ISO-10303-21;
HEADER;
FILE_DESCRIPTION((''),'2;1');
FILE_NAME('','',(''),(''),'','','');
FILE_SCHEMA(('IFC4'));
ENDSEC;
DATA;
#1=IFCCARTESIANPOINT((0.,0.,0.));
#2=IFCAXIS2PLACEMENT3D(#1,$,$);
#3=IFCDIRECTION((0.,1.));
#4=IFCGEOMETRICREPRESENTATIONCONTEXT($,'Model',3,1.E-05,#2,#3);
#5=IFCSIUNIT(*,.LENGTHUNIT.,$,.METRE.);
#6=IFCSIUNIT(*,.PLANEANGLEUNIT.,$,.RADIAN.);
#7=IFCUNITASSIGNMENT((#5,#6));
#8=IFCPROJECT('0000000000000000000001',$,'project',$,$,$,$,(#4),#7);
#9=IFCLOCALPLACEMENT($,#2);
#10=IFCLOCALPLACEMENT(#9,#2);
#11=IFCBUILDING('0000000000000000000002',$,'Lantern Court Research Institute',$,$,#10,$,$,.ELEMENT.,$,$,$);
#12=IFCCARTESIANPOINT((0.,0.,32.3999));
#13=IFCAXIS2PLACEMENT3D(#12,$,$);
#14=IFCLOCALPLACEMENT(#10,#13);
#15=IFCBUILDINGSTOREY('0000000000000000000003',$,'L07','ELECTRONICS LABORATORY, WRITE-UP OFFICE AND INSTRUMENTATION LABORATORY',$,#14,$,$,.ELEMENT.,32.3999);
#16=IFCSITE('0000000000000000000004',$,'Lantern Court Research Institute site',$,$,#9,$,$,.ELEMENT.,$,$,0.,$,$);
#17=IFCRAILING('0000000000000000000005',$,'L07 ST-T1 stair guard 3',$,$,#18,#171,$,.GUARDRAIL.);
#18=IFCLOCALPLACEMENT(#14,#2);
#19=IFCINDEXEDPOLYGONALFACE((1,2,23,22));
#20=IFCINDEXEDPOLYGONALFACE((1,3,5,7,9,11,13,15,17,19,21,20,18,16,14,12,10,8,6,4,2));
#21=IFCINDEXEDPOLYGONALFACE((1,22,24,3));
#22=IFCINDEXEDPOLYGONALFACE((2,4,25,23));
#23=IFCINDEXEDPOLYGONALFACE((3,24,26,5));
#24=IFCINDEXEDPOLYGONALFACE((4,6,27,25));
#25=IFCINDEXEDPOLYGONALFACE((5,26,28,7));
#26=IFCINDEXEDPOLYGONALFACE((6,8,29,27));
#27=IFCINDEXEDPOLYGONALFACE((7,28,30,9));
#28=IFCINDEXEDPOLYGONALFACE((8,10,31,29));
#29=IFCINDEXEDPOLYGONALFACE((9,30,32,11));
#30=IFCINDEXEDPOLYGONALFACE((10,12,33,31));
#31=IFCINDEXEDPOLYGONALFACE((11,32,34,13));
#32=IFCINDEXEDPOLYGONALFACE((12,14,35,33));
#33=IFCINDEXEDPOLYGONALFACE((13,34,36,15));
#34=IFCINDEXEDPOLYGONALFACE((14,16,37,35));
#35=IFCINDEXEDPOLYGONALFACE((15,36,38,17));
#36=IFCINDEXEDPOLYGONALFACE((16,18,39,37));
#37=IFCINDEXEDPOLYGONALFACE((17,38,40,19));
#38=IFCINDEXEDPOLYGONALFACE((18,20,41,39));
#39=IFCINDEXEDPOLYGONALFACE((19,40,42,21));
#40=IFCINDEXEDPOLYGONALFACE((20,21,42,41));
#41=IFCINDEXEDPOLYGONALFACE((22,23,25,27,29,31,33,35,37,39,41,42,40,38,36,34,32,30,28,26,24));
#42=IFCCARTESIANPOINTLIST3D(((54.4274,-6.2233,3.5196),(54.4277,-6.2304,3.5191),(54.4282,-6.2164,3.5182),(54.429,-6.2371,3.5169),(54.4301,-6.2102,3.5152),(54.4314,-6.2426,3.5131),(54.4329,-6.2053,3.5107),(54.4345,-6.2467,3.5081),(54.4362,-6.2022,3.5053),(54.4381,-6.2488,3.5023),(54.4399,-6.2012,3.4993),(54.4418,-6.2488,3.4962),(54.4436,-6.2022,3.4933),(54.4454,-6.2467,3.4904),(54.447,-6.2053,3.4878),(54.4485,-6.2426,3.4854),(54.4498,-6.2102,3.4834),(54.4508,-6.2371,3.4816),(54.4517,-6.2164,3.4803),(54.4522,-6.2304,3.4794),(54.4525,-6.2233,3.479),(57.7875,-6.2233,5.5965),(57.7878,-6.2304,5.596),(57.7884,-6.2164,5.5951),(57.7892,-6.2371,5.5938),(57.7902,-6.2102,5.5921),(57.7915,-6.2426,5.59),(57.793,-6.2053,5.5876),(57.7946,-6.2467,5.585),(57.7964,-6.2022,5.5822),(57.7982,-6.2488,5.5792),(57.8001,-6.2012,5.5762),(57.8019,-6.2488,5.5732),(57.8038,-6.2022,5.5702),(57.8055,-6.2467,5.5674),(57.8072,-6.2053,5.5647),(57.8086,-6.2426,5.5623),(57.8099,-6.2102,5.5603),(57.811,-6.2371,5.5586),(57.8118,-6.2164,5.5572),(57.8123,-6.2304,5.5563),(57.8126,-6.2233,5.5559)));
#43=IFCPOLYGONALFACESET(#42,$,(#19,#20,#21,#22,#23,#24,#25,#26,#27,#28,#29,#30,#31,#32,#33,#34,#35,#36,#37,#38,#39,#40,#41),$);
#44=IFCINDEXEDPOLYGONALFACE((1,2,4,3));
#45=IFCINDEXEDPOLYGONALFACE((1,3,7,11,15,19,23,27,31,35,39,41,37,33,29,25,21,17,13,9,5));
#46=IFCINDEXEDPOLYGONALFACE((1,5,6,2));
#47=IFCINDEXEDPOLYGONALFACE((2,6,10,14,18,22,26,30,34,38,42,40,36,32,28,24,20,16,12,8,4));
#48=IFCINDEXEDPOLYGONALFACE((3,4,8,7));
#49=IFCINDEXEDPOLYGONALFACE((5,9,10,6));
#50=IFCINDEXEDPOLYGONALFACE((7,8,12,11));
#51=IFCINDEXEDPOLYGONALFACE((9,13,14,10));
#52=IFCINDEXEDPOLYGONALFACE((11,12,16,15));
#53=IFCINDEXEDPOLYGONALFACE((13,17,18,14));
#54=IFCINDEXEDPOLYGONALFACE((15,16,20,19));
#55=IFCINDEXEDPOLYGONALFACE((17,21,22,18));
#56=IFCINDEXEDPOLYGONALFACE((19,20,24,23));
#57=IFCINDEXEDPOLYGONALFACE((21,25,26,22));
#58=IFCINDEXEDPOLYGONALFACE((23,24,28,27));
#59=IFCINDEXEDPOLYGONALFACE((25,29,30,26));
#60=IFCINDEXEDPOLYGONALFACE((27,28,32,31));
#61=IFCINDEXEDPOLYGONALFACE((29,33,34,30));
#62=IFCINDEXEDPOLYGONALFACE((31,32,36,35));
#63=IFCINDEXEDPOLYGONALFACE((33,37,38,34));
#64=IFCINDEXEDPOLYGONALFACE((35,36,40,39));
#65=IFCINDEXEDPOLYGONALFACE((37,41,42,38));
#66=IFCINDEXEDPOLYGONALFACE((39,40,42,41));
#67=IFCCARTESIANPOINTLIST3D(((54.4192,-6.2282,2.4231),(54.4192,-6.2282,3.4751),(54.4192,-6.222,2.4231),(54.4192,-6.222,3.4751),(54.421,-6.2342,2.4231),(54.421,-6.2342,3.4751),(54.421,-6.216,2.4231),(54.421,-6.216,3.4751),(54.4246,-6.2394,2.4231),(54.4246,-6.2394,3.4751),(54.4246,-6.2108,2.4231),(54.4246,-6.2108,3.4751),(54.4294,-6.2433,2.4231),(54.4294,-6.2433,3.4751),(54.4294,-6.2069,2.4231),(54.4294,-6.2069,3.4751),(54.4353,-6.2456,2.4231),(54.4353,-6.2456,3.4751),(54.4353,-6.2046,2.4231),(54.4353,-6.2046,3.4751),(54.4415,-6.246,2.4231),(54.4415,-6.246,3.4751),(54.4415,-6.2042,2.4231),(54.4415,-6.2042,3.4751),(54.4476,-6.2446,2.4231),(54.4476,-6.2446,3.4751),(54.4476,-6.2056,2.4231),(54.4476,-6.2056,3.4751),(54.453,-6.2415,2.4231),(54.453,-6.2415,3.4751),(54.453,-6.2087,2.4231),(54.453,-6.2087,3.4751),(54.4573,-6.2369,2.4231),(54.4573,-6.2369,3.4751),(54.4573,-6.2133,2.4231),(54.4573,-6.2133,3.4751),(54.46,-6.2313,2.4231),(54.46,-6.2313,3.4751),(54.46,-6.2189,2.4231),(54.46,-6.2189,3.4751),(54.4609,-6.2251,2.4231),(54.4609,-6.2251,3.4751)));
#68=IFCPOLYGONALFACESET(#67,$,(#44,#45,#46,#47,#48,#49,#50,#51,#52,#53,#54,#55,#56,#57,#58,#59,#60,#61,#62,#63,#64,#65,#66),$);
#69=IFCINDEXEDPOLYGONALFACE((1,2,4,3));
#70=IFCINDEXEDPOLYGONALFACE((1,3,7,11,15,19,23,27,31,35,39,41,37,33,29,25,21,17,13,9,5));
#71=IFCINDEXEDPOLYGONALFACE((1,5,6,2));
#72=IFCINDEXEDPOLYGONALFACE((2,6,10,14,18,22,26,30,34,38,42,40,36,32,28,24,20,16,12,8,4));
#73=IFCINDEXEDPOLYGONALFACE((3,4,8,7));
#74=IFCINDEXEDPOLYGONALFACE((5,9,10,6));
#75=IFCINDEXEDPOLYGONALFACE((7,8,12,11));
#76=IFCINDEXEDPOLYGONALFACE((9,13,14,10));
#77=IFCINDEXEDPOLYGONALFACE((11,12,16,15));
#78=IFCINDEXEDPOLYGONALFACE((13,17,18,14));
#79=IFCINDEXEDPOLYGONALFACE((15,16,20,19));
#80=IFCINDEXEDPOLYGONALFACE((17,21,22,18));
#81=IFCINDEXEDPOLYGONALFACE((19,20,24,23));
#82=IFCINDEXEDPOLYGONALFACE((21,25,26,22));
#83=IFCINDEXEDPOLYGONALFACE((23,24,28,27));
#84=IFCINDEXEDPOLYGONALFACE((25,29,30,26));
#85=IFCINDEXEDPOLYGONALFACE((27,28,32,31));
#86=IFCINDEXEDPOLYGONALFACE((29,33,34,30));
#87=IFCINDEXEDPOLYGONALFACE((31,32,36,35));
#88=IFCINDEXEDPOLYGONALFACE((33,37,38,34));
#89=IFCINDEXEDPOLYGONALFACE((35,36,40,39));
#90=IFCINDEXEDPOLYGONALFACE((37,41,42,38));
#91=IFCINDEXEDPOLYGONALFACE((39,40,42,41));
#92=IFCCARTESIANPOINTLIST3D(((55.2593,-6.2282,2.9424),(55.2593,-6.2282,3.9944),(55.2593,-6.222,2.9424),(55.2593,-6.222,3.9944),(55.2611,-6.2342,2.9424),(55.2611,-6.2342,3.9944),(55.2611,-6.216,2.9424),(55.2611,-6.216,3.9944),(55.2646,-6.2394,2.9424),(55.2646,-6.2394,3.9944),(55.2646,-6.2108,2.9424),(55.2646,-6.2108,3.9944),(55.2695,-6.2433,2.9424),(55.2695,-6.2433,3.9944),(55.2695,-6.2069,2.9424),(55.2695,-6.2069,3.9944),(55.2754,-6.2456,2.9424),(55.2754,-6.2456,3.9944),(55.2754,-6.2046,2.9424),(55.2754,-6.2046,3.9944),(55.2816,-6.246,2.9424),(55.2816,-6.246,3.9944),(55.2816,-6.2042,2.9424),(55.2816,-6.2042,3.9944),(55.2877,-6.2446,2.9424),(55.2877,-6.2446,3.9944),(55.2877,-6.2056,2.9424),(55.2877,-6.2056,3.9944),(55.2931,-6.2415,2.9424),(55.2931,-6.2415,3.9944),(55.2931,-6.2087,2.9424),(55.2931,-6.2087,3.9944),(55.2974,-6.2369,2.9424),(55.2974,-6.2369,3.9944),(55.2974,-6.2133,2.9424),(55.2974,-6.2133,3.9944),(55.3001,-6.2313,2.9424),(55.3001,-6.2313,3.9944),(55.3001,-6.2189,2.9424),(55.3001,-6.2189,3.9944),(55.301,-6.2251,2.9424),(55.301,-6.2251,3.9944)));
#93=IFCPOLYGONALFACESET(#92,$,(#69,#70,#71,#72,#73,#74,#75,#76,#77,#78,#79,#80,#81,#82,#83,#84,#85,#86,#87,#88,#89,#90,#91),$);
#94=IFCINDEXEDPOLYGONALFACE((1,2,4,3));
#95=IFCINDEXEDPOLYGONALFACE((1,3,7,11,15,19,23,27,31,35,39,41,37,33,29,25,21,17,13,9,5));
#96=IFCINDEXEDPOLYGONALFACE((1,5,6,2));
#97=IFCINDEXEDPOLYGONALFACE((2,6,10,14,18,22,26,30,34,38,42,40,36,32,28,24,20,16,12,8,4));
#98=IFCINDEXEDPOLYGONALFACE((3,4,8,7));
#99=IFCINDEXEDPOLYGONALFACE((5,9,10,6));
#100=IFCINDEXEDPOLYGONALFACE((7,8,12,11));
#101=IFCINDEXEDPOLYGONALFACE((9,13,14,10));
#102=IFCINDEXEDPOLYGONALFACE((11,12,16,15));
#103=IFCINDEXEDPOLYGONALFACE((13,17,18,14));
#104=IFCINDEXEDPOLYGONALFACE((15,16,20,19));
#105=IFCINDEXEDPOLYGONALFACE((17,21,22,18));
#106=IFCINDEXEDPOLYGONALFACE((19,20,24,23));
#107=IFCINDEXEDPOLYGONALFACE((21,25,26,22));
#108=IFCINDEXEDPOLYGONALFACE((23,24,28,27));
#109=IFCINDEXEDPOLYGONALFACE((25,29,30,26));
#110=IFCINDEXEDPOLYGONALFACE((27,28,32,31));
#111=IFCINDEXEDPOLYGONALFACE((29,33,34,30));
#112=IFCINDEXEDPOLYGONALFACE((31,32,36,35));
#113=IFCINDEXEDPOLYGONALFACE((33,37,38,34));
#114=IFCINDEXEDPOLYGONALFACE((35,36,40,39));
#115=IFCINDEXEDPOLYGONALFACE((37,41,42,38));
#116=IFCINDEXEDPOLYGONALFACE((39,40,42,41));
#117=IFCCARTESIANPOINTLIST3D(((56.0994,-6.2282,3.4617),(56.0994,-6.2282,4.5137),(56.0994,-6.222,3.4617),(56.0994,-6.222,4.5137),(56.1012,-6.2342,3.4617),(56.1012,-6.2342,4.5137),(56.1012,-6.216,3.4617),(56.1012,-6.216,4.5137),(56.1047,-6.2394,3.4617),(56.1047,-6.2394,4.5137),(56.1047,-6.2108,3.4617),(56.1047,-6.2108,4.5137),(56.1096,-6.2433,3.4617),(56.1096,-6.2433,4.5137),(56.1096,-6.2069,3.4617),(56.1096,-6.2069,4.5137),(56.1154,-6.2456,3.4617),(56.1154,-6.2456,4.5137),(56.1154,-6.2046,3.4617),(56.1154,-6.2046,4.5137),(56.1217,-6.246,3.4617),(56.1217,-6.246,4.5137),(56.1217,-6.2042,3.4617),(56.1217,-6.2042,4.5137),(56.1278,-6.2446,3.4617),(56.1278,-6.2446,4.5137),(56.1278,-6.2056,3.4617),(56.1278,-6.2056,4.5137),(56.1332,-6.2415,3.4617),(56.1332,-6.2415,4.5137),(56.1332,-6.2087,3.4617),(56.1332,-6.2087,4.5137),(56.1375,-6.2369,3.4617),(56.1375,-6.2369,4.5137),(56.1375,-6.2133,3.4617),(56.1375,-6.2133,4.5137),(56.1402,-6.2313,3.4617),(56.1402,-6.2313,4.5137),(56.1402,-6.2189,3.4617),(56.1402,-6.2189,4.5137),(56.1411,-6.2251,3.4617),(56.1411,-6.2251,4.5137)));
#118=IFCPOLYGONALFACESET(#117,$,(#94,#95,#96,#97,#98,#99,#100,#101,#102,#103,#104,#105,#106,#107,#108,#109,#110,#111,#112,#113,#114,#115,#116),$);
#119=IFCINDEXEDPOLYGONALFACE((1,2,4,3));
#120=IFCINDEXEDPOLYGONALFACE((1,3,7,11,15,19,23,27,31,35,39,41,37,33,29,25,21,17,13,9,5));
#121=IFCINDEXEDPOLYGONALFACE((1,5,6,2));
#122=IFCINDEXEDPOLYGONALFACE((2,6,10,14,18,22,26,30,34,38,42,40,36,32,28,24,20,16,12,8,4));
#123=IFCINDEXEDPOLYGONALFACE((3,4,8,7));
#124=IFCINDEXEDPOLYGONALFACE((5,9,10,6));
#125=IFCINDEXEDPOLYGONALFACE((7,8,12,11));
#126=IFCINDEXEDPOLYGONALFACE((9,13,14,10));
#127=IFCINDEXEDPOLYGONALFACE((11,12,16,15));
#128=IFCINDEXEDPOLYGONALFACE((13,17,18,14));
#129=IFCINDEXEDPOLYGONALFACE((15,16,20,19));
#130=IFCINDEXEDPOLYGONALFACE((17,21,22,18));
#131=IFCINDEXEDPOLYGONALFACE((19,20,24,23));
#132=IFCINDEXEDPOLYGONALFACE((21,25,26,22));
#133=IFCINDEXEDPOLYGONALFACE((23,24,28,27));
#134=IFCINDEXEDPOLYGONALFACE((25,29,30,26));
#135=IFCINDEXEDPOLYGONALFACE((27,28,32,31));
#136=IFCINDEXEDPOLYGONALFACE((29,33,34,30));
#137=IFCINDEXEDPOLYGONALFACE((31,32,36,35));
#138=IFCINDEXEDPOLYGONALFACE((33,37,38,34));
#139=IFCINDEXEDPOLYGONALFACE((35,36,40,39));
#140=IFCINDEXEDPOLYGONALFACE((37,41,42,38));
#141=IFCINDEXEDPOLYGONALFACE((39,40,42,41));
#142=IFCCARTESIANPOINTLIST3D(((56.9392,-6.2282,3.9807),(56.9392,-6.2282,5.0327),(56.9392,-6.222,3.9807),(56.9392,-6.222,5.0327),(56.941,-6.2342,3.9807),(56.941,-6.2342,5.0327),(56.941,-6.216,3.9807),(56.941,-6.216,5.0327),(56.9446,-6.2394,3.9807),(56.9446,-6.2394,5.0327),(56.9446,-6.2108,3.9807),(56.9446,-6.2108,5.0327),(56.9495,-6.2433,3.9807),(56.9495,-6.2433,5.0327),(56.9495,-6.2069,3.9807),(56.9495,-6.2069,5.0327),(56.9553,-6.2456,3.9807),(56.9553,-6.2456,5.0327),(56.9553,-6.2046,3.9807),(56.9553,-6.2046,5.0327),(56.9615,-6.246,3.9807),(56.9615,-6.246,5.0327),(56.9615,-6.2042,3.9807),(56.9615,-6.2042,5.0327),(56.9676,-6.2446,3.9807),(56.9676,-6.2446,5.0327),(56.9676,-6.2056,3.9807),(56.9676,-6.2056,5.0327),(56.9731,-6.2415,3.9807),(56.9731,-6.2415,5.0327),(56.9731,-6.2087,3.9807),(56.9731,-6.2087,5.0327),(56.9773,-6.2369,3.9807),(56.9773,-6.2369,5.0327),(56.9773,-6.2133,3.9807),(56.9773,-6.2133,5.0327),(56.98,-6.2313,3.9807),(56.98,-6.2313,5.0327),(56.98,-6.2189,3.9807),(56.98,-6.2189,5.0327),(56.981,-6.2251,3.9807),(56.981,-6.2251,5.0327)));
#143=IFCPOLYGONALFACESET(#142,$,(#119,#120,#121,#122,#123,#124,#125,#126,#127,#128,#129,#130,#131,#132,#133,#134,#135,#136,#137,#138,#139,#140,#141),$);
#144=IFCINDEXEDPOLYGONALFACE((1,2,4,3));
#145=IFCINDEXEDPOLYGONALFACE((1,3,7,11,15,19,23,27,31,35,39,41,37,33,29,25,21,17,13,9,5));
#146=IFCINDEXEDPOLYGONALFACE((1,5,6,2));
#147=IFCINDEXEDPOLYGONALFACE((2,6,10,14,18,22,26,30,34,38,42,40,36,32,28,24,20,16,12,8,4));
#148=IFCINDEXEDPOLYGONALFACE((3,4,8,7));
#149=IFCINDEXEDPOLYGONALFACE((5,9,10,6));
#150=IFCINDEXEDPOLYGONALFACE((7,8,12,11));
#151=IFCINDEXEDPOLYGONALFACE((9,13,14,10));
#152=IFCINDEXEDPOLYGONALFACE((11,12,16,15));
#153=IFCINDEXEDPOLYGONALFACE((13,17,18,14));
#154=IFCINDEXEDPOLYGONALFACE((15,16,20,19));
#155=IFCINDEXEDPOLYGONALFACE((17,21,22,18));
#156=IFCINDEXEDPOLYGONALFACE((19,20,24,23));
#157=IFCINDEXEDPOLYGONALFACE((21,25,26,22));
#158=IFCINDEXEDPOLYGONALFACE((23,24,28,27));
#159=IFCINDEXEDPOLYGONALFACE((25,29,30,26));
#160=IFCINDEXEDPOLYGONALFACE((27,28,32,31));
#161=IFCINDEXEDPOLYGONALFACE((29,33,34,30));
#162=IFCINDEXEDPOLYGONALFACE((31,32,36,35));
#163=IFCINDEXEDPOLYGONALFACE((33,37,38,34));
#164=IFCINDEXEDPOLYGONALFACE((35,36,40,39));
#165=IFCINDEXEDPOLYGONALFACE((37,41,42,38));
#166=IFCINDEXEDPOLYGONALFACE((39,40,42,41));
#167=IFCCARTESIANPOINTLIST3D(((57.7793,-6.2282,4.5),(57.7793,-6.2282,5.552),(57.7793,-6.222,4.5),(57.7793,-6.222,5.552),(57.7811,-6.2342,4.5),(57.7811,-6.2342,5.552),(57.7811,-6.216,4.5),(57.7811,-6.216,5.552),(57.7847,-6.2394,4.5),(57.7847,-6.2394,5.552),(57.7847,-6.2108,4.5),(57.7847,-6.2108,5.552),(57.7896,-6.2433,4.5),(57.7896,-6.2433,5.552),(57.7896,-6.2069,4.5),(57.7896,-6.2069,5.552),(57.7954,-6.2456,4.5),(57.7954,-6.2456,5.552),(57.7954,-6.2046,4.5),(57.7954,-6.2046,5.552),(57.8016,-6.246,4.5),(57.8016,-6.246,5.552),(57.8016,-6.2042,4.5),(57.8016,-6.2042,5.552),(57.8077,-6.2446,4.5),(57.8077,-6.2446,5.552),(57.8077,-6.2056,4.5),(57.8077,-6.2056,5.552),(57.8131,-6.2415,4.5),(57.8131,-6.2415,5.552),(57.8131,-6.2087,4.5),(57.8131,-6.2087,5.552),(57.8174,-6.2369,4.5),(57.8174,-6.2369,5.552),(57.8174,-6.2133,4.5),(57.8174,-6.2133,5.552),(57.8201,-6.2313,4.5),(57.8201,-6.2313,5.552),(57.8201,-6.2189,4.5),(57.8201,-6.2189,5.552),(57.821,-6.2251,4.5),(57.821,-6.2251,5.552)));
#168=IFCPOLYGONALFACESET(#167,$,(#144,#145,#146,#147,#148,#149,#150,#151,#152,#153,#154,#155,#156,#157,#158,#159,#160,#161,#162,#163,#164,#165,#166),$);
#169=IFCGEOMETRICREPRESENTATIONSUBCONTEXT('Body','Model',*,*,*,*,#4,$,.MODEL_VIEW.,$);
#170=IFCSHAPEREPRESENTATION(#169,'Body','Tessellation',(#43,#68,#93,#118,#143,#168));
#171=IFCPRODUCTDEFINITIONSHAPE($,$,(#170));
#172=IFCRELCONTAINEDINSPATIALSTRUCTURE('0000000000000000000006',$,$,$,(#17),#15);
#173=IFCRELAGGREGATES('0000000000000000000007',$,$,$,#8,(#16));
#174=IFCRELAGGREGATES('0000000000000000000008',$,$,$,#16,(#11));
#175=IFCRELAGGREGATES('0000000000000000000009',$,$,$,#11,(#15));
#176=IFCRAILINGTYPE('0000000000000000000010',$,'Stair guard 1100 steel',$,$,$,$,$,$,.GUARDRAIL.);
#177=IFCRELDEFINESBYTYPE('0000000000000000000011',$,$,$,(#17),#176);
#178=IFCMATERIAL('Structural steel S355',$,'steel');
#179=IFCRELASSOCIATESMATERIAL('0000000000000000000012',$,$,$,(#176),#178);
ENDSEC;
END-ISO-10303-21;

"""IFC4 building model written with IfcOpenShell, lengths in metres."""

from ifc_helpers import new_model, si_unit, direction, frame, origin, origin_2d, place, context, subcontext, project, spatial, circle, extrude, material, type_object, element, save


model = new_model("IFC4")

# Units and contexts
model_context = context("Model", 3, precision=1e-05, world=origin(), true_north=direction((0.0, 1.0)))
body_context = subcontext(model_context, "Body", "Model", "MODEL_VIEW")
ifc_project = project(units=[si_unit("LENGTHUNIT", "METRE"), si_unit("PLANEANGLEUNIT", "RADIAN")], contexts=[model_context])

# Site, building, storey
site_placement = place(None, origin())
site = spatial("IfcSite", under=ifc_project, at=site_placement, Name="Lantern Court Research Institute site", CompositionType="ELEMENT", RefElevation=0.0)
building_placement = place(site_placement, origin())
building = spatial("IfcBuilding", under=site, at=building_placement, Name="Lantern Court Research Institute", CompositionType="ELEMENT")
storey_placement = place(building_placement, frame((0.0, 0.0, 32.3999)))
storey = spatial("IfcBuildingStorey", under=building, at=storey_placement, Name="L07", Description="ELECTRONICS LABORATORY, WRITE-UP OFFICE AND INSTRUMENTATION LABORATORY", CompositionType="ELEMENT", Elevation=32.3999)

# Railing
ifc_material_1 = material(Name="Structural steel S355", Category="steel")
railing_type_1 = type_object("IfcRailingType", Name="Stair guard 1100 steel", PredefinedType="GUARDRAIL", material=ifc_material_1)
railing_1_placement = place(storey_placement, frame((54.4399, -6.2251, 2.4231)))
element("IfcRailing", 1, at=railing_1_placement, inside=storey, type_object=railing_type_1, Name="L07 ST-T1 stair guard 3", PredefinedType="GUARDRAIL", context=body_context, shape_type="SweptSolid", body=[
    extrude(circle(Radius=0.0239, at=origin_2d()), frame((0.0, 0.0, 1.0762), z_axis=(0.850623, 0.0, 0.525776), x_axis=(0.0, 1.0, 0.0)), (0.0, 0.0, 1.0), 3.9502),
    extrude(circle(Radius=0.021, at=origin_2d()), origin(), (0.0, 0.0, 1.0), 1.052),
    extrude(circle(Radius=0.021, at=origin_2d()), frame((0.8401, 0.0, 0.5193)), (0.0, 0.0, 1.0), 1.052),
    extrude(circle(Radius=0.021, at=origin_2d()), frame((1.6802, 0.0, 1.0386)), (0.0, 0.0, 1.0), 1.052),
    extrude(circle(Radius=0.021, at=origin_2d()), frame((2.52, 0.0, 1.5576)), (0.0, 0.0, 1.0), 1.052),
    extrude(circle(Radius=0.021, at=origin_2d()), frame((3.3601, 0.0, 2.0769)), (0.0, 0.0, 1.0), 1.052),
])

save(model, "model.ifc")
